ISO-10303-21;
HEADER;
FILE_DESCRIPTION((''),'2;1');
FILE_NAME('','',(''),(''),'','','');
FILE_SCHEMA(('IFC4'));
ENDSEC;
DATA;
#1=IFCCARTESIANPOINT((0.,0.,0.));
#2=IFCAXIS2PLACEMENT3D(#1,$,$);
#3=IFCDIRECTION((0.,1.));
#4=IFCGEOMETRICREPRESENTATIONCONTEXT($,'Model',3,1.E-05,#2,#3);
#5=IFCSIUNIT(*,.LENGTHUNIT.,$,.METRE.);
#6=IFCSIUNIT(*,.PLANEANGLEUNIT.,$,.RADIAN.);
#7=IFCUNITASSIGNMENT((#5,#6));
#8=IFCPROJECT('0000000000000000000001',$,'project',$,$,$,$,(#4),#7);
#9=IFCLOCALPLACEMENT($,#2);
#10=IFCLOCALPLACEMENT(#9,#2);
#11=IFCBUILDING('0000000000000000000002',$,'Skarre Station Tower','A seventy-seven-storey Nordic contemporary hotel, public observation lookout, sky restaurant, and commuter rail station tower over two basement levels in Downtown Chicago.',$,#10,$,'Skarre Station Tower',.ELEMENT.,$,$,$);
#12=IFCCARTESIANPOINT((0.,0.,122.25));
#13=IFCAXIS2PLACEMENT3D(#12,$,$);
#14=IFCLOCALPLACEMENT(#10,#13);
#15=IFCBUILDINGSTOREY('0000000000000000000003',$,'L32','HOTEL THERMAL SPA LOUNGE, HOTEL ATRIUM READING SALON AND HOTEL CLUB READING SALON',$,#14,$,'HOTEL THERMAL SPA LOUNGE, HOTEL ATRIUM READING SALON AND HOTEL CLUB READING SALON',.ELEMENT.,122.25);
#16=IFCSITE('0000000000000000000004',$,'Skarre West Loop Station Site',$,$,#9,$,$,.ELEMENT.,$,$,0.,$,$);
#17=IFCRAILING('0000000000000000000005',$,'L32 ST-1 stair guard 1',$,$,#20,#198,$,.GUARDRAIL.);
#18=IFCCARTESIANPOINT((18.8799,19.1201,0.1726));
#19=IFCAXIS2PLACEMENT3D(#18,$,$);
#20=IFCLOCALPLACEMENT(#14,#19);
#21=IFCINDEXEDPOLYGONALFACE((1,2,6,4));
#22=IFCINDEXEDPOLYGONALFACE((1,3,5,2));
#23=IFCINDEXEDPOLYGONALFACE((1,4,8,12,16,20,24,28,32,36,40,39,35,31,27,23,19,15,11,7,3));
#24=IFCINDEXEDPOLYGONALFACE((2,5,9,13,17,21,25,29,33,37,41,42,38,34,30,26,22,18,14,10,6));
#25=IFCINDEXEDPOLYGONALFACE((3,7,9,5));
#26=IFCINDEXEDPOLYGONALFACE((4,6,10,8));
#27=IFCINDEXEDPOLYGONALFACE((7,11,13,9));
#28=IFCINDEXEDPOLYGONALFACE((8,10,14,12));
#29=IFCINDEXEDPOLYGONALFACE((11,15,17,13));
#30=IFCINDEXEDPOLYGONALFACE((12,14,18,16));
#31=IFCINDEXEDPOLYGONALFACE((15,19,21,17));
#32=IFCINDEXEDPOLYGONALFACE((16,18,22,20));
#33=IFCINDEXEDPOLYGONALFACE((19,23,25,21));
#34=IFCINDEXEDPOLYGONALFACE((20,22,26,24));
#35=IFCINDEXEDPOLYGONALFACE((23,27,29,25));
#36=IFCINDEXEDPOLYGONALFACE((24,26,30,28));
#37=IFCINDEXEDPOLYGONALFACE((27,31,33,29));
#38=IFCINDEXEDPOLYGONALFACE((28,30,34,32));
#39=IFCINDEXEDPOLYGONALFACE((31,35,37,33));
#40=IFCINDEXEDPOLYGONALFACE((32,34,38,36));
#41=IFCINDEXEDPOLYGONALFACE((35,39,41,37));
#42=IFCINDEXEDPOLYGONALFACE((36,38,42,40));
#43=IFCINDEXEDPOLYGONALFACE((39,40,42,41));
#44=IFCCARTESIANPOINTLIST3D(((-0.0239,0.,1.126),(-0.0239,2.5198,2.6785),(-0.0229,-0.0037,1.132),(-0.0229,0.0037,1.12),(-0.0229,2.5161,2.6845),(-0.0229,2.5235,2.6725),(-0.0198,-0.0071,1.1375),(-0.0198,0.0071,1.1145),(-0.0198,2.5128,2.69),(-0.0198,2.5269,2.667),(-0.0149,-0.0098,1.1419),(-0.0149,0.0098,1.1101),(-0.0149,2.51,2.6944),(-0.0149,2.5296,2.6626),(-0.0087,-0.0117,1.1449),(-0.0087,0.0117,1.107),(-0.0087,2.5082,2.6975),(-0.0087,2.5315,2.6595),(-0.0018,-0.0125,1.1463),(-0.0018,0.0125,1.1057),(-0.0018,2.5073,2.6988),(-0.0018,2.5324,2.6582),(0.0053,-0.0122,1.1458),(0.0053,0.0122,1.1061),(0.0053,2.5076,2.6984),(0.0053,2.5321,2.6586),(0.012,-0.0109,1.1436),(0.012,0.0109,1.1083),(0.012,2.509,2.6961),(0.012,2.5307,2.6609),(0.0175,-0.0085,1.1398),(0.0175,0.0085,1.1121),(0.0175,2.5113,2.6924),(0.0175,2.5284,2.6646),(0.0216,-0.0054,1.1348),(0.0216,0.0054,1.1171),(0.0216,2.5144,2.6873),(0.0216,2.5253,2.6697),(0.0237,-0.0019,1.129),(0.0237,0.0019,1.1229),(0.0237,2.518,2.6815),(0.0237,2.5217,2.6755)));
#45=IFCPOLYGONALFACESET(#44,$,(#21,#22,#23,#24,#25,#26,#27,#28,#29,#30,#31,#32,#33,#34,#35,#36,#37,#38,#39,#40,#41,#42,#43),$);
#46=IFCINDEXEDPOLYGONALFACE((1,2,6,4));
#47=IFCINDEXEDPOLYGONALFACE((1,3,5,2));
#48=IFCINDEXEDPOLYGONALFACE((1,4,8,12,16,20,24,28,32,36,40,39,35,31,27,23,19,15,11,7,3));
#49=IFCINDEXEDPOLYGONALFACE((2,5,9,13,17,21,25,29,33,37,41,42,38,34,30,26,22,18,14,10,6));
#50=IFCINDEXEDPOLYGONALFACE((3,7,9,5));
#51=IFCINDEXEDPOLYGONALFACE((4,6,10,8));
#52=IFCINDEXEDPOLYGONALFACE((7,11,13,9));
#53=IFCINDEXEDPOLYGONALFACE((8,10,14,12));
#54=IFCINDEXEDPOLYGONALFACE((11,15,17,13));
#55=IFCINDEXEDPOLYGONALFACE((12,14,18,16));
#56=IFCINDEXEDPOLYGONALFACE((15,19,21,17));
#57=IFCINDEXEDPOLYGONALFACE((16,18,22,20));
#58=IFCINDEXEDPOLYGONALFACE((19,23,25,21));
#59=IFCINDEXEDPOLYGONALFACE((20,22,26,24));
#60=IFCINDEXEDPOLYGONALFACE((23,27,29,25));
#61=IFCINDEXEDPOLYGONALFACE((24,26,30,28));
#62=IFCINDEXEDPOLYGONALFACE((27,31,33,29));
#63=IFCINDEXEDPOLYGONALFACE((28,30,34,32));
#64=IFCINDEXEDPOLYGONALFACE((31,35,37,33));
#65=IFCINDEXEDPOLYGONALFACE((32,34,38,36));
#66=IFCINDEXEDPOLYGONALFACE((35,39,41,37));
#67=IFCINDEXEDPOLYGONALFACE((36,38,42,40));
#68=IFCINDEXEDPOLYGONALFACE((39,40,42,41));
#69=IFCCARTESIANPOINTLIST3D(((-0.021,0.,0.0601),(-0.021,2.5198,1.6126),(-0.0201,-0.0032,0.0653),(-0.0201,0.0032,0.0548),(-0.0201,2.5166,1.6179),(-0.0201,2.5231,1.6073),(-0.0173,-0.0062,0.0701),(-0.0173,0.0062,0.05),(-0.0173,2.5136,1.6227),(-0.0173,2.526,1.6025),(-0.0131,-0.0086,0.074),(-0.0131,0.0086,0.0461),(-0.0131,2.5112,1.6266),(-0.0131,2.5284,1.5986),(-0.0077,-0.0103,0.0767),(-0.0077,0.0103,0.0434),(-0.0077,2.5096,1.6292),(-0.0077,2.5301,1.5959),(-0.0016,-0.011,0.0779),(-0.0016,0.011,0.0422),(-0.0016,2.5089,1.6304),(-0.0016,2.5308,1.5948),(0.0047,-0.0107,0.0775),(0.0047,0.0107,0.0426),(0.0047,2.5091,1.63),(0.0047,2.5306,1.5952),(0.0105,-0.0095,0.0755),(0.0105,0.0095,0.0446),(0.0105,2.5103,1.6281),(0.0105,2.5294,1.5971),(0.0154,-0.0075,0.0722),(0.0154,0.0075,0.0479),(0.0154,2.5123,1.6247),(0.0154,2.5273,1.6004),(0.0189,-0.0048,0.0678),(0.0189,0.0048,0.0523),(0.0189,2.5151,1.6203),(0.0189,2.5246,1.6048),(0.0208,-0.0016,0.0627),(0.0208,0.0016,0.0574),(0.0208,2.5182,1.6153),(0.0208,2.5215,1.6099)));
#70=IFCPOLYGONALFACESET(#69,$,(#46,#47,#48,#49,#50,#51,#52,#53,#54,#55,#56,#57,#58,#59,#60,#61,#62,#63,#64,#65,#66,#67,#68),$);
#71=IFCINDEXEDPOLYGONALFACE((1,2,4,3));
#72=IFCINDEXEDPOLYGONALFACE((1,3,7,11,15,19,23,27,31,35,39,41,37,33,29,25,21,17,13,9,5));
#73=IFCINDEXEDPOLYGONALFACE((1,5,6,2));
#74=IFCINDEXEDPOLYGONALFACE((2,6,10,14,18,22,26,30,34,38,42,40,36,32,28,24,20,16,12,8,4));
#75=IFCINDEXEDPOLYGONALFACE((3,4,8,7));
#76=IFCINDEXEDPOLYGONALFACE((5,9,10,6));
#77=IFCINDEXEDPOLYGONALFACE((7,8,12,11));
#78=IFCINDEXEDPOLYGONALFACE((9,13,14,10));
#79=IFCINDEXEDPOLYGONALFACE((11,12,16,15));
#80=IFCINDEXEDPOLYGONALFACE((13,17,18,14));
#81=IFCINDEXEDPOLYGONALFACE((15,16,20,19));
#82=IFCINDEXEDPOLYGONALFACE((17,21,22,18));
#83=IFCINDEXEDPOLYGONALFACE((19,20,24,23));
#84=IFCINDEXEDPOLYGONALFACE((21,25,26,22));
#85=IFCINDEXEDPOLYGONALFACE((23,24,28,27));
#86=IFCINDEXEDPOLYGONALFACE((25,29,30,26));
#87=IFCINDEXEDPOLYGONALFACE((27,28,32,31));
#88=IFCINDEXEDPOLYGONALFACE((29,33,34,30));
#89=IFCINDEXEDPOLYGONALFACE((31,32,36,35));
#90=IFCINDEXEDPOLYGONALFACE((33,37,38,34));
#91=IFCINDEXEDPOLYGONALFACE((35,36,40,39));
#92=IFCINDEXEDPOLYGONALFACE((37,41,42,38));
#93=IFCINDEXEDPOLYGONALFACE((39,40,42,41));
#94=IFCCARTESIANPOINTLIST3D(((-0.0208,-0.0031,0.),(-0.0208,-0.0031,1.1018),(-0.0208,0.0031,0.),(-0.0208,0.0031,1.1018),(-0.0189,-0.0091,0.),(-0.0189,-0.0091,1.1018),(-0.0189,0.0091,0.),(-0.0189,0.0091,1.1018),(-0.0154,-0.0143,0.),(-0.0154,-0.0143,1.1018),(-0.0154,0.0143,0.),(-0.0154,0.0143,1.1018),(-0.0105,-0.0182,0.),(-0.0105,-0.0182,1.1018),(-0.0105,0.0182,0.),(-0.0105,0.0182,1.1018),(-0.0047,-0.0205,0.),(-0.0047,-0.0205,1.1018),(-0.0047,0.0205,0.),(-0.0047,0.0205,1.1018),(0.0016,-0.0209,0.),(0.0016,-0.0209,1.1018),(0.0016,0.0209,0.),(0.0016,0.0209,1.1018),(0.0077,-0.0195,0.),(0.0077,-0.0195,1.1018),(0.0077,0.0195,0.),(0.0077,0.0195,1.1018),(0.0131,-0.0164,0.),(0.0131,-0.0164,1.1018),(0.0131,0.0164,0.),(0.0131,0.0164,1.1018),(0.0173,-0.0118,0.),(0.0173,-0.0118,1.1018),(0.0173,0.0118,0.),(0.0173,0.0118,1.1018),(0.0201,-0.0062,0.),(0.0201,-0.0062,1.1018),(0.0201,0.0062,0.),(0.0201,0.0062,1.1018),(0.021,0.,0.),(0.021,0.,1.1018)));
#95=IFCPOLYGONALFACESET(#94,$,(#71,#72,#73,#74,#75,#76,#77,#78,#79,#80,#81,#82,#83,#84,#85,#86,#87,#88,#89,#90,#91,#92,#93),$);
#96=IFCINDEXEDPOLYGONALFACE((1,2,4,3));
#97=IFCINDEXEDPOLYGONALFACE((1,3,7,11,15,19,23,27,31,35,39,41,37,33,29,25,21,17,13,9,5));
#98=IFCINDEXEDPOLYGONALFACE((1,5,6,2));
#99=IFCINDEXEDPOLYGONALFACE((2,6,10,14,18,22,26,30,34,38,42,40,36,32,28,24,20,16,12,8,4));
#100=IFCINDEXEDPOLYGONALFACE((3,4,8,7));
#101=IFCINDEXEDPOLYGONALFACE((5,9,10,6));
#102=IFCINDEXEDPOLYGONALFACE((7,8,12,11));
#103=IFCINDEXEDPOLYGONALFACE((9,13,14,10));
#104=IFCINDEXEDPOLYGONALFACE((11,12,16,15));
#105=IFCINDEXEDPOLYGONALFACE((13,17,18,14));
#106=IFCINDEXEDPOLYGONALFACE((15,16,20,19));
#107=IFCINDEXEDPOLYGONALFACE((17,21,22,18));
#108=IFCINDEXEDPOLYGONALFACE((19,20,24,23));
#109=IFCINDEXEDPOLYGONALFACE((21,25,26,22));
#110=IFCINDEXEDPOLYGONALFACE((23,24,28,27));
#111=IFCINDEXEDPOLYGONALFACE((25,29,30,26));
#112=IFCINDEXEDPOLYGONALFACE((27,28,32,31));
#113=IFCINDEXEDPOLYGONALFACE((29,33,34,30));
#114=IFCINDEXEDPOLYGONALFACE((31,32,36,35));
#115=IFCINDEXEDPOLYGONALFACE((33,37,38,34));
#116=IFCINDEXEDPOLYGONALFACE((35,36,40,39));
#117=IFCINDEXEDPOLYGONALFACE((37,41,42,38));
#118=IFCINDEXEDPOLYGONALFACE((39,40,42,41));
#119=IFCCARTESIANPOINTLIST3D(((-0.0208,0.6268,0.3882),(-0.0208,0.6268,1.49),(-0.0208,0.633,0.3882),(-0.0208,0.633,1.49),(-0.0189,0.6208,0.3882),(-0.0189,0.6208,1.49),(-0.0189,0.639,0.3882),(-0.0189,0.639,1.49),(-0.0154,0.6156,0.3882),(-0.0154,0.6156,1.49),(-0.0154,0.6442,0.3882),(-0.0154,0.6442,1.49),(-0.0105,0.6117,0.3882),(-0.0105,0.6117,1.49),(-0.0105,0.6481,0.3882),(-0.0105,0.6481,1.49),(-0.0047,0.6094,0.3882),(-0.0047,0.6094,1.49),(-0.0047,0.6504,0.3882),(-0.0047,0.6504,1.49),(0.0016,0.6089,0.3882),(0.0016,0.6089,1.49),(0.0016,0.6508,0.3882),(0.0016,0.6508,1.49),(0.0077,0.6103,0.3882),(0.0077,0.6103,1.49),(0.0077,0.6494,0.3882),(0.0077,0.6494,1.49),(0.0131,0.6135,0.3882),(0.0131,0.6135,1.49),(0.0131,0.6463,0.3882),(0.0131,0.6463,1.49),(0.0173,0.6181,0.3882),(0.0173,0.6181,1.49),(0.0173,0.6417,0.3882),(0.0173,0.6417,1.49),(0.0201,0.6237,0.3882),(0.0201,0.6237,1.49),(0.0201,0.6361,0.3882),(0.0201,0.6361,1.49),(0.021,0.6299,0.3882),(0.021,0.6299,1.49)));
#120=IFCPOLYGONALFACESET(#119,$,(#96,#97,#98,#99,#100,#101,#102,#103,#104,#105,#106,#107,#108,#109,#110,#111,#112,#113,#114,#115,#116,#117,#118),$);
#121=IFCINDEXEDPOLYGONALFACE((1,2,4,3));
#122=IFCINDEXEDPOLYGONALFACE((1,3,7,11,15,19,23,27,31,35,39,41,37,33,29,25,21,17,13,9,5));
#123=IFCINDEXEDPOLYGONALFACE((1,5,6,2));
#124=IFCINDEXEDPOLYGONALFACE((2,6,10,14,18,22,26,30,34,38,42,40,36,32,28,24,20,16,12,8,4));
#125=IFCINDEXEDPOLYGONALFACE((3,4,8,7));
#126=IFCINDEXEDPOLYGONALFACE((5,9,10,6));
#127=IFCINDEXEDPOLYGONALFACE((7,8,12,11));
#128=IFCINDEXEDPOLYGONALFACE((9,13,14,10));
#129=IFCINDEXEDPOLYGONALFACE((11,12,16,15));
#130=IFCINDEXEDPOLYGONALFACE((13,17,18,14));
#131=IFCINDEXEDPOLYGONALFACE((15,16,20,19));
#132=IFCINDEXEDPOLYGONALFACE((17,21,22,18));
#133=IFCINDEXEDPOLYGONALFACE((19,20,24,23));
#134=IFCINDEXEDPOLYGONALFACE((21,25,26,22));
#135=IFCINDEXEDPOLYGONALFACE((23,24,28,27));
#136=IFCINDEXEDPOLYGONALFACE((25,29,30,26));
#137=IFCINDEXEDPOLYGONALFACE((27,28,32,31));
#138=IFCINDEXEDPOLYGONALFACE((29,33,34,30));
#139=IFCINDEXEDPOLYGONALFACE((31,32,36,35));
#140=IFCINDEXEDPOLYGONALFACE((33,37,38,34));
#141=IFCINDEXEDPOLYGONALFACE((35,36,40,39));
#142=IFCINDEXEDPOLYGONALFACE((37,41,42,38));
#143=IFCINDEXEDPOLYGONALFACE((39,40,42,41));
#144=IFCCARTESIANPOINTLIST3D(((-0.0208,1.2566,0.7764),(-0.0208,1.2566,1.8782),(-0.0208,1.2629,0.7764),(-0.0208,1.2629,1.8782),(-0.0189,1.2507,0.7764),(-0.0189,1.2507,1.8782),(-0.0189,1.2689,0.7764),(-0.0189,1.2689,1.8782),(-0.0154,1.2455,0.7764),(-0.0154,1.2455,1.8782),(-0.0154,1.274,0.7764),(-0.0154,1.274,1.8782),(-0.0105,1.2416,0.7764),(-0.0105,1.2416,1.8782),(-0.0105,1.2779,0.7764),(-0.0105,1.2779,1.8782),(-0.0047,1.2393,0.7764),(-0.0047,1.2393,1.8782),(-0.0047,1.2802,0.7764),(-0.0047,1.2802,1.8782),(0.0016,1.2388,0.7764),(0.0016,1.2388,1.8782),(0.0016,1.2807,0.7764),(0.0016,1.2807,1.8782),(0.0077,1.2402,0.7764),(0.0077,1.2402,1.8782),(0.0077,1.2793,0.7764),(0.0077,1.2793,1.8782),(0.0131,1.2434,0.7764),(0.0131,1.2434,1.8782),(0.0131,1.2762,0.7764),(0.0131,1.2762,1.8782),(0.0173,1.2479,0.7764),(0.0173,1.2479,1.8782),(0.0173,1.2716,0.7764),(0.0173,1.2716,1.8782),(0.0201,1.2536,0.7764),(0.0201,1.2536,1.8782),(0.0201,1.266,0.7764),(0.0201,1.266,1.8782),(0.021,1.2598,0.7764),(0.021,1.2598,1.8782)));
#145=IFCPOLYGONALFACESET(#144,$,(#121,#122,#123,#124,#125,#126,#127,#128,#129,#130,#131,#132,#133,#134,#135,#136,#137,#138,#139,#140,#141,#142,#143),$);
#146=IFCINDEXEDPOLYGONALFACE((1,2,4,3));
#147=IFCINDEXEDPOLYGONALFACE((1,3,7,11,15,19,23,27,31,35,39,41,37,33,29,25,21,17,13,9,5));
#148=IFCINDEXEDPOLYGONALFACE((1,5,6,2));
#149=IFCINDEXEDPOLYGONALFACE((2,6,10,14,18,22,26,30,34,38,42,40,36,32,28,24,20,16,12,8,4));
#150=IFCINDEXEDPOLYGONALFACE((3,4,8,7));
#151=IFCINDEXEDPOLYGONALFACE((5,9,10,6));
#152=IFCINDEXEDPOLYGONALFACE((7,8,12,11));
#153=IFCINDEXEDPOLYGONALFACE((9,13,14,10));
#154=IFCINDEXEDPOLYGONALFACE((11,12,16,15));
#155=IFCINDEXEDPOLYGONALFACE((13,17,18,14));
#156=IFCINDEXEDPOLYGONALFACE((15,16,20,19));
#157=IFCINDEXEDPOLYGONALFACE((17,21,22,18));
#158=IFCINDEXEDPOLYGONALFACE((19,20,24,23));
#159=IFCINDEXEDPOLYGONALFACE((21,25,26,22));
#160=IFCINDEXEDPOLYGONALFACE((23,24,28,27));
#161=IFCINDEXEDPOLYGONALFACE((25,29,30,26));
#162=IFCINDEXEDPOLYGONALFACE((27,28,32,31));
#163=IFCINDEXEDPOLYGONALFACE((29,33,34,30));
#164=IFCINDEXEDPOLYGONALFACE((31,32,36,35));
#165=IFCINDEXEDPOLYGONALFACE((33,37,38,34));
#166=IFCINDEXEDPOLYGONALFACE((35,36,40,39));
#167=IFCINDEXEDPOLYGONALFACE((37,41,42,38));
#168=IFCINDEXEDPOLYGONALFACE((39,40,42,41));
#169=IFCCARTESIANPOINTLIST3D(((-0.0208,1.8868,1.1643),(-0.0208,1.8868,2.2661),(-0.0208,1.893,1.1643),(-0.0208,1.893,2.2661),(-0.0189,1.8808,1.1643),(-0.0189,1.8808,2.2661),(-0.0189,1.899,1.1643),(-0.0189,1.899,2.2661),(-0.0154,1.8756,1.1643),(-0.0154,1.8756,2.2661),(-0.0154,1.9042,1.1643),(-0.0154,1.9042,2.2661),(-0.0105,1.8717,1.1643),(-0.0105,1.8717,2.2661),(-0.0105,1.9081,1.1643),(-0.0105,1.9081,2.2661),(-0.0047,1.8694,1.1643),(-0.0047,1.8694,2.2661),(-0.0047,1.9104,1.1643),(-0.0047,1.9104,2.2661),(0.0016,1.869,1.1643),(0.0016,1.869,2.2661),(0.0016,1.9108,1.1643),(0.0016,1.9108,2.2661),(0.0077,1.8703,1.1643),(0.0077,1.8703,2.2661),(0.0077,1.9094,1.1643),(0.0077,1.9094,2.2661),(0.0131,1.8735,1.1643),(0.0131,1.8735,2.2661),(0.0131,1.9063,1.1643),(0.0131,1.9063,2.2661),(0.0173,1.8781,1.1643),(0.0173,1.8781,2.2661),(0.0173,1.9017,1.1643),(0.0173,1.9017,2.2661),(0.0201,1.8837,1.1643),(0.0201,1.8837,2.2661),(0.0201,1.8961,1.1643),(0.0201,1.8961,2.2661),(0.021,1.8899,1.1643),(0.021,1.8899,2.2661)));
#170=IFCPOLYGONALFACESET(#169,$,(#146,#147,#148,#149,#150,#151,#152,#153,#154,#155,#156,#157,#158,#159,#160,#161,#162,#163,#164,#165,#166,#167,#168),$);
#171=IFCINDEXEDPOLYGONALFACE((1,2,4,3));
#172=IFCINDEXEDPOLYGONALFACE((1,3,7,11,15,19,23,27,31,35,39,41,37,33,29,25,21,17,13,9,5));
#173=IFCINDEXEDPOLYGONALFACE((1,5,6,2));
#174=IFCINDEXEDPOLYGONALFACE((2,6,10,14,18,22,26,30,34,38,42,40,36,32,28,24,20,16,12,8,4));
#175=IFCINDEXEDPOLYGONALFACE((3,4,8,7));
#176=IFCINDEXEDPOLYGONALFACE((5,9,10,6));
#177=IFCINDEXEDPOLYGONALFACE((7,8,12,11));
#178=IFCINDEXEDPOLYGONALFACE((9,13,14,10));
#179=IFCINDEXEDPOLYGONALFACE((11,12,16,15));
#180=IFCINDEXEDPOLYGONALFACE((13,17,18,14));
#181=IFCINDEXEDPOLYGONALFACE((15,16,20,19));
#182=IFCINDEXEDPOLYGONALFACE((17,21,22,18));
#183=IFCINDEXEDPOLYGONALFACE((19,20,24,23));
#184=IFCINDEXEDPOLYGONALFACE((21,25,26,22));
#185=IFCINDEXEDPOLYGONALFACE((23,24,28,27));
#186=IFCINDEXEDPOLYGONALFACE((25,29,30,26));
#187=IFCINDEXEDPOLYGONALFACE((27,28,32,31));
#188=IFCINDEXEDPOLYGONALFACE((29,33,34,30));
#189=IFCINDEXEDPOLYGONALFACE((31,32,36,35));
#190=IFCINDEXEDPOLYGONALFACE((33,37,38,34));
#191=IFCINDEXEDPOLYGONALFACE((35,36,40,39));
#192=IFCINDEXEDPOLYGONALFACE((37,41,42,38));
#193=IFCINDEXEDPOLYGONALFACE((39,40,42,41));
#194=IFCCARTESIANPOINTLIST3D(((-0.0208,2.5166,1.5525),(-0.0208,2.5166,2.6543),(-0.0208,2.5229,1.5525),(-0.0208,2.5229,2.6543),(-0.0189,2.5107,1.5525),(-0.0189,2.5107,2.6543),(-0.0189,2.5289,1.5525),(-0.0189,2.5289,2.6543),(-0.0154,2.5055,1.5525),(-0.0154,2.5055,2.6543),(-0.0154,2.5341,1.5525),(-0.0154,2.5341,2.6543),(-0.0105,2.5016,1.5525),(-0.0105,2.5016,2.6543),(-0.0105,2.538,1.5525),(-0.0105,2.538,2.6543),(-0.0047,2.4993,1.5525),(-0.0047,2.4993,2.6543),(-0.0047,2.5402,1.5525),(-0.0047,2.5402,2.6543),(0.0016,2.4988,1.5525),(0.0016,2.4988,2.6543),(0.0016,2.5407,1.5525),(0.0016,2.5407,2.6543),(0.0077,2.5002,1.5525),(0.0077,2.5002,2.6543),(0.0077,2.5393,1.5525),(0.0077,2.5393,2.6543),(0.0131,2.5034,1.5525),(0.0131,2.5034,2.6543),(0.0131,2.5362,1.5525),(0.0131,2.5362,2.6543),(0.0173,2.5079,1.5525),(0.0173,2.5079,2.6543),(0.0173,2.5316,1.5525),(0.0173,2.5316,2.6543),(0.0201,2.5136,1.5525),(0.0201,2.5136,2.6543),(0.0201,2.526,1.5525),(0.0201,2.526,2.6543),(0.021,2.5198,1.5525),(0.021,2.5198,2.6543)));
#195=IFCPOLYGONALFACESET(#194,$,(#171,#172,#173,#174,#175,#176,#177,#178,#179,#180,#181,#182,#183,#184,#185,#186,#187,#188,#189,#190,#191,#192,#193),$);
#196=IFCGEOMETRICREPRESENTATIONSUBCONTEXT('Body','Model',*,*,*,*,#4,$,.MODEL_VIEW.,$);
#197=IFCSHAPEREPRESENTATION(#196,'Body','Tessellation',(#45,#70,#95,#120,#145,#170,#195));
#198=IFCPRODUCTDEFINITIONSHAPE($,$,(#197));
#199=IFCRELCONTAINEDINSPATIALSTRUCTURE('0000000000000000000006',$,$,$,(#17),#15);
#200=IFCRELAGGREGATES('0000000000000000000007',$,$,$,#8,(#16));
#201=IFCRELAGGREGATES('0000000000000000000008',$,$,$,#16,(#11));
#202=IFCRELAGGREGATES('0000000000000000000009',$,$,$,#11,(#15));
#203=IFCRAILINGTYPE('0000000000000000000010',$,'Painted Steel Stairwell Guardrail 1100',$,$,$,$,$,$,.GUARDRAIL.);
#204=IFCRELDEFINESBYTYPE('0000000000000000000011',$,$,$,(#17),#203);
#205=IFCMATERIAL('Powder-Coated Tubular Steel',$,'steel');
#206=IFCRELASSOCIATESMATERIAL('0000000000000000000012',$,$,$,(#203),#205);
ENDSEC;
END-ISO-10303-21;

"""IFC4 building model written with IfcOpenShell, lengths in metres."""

from ifc_helpers import new_model, si_unit, direction, frame, origin, origin_2d, place, context, subcontext, project, spatial, circle, extrude, material, type_object, element, save


model = new_model("IFC4")

# Units and contexts
model_context = context("Model", 3, precision=1e-05, world=origin(), true_north=direction((0.0, 1.0)))
body_context = subcontext(model_context, "Body", "Model", "MODEL_VIEW")
ifc_project = project(units=[si_unit("LENGTHUNIT", "METRE"), si_unit("PLANEANGLEUNIT", "RADIAN")], contexts=[model_context])

# Site, building, storey
site_placement = place(None, origin())
site = spatial("IfcSite", under=ifc_project, at=site_placement, Name="Skarre West Loop Station Site", CompositionType="ELEMENT", RefElevation=0.0)
building_placement = place(site_placement, origin())
building = spatial("IfcBuilding", under=site, at=building_placement, Name="Skarre Station Tower", Description="A seventy-seven-storey Nordic contemporary hotel, public observation lookout, sky restaurant, and commuter rail station tower over two basement levels in Downtown Chicago.", LongName="Skarre Station Tower", CompositionType="ELEMENT")
storey_placement = place(building_placement, frame((0.0, 0.0, 122.25)))
storey = spatial("IfcBuildingStorey", under=building, at=storey_placement, Name="L32", Description="HOTEL THERMAL SPA LOUNGE, HOTEL ATRIUM READING SALON AND HOTEL CLUB READING SALON", LongName="HOTEL THERMAL SPA LOUNGE, HOTEL ATRIUM READING SALON AND HOTEL CLUB READING SALON", CompositionType="ELEMENT", Elevation=122.25)

# Railing
ifc_material_1 = material(Name="Powder-Coated Tubular Steel", Category="steel")
railing_type_1 = type_object("IfcRailingType", Name="Painted Steel Stairwell Guardrail 1100", PredefinedType="GUARDRAIL", material=ifc_material_1)
railing_1_placement = place(storey_placement, frame((18.8799, 19.1201, 0.1726)))
element("IfcRailing", 1, at=railing_1_placement, inside=storey, type_object=railing_type_1, Name="L32 ST-1 stair guard 1", PredefinedType="GUARDRAIL", context=body_context, shape_type="SweptSolid", body=[
    extrude(circle(Radius=0.0239, at=origin_2d()), frame((0.0, 0.0, 1.126), z_axis=(0.0, 0.851378, 0.524553), x_axis=(-1.0, 0.0, 0.0)), (0.0, 0.0, 1.0), 2.9597),
    extrude(circle(Radius=0.021, at=origin_2d()), frame((0.0, 0.0, 0.0601), z_axis=(0.0, 0.851378, 0.524553), x_axis=(-1.0, 0.0, 0.0)), (0.0, 0.0, 1.0), 2.9597),
    extrude(circle(Radius=0.021, at=origin_2d()), origin(), (0.0, 0.0, 1.0), 1.1018),
    extrude(circle(Radius=0.021, at=origin_2d()), frame((0.0, 0.6299, 0.3882)), (0.0, 0.0, 1.0), 1.1018),
    extrude(circle(Radius=0.021, at=origin_2d()), frame((0.0, 1.2598, 0.7764)), (0.0, 0.0, 1.0), 1.1018),
    extrude(circle(Radius=0.021, at=origin_2d()), frame((0.0, 1.8899, 1.1643)), (0.0, 0.0, 1.0), 1.1018),
    extrude(circle(Radius=0.021, at=origin_2d()), frame((0.0, 2.5198, 1.5525)), (0.0, 0.0, 1.0), 1.1018),
])

save(model, "model.ifc")
